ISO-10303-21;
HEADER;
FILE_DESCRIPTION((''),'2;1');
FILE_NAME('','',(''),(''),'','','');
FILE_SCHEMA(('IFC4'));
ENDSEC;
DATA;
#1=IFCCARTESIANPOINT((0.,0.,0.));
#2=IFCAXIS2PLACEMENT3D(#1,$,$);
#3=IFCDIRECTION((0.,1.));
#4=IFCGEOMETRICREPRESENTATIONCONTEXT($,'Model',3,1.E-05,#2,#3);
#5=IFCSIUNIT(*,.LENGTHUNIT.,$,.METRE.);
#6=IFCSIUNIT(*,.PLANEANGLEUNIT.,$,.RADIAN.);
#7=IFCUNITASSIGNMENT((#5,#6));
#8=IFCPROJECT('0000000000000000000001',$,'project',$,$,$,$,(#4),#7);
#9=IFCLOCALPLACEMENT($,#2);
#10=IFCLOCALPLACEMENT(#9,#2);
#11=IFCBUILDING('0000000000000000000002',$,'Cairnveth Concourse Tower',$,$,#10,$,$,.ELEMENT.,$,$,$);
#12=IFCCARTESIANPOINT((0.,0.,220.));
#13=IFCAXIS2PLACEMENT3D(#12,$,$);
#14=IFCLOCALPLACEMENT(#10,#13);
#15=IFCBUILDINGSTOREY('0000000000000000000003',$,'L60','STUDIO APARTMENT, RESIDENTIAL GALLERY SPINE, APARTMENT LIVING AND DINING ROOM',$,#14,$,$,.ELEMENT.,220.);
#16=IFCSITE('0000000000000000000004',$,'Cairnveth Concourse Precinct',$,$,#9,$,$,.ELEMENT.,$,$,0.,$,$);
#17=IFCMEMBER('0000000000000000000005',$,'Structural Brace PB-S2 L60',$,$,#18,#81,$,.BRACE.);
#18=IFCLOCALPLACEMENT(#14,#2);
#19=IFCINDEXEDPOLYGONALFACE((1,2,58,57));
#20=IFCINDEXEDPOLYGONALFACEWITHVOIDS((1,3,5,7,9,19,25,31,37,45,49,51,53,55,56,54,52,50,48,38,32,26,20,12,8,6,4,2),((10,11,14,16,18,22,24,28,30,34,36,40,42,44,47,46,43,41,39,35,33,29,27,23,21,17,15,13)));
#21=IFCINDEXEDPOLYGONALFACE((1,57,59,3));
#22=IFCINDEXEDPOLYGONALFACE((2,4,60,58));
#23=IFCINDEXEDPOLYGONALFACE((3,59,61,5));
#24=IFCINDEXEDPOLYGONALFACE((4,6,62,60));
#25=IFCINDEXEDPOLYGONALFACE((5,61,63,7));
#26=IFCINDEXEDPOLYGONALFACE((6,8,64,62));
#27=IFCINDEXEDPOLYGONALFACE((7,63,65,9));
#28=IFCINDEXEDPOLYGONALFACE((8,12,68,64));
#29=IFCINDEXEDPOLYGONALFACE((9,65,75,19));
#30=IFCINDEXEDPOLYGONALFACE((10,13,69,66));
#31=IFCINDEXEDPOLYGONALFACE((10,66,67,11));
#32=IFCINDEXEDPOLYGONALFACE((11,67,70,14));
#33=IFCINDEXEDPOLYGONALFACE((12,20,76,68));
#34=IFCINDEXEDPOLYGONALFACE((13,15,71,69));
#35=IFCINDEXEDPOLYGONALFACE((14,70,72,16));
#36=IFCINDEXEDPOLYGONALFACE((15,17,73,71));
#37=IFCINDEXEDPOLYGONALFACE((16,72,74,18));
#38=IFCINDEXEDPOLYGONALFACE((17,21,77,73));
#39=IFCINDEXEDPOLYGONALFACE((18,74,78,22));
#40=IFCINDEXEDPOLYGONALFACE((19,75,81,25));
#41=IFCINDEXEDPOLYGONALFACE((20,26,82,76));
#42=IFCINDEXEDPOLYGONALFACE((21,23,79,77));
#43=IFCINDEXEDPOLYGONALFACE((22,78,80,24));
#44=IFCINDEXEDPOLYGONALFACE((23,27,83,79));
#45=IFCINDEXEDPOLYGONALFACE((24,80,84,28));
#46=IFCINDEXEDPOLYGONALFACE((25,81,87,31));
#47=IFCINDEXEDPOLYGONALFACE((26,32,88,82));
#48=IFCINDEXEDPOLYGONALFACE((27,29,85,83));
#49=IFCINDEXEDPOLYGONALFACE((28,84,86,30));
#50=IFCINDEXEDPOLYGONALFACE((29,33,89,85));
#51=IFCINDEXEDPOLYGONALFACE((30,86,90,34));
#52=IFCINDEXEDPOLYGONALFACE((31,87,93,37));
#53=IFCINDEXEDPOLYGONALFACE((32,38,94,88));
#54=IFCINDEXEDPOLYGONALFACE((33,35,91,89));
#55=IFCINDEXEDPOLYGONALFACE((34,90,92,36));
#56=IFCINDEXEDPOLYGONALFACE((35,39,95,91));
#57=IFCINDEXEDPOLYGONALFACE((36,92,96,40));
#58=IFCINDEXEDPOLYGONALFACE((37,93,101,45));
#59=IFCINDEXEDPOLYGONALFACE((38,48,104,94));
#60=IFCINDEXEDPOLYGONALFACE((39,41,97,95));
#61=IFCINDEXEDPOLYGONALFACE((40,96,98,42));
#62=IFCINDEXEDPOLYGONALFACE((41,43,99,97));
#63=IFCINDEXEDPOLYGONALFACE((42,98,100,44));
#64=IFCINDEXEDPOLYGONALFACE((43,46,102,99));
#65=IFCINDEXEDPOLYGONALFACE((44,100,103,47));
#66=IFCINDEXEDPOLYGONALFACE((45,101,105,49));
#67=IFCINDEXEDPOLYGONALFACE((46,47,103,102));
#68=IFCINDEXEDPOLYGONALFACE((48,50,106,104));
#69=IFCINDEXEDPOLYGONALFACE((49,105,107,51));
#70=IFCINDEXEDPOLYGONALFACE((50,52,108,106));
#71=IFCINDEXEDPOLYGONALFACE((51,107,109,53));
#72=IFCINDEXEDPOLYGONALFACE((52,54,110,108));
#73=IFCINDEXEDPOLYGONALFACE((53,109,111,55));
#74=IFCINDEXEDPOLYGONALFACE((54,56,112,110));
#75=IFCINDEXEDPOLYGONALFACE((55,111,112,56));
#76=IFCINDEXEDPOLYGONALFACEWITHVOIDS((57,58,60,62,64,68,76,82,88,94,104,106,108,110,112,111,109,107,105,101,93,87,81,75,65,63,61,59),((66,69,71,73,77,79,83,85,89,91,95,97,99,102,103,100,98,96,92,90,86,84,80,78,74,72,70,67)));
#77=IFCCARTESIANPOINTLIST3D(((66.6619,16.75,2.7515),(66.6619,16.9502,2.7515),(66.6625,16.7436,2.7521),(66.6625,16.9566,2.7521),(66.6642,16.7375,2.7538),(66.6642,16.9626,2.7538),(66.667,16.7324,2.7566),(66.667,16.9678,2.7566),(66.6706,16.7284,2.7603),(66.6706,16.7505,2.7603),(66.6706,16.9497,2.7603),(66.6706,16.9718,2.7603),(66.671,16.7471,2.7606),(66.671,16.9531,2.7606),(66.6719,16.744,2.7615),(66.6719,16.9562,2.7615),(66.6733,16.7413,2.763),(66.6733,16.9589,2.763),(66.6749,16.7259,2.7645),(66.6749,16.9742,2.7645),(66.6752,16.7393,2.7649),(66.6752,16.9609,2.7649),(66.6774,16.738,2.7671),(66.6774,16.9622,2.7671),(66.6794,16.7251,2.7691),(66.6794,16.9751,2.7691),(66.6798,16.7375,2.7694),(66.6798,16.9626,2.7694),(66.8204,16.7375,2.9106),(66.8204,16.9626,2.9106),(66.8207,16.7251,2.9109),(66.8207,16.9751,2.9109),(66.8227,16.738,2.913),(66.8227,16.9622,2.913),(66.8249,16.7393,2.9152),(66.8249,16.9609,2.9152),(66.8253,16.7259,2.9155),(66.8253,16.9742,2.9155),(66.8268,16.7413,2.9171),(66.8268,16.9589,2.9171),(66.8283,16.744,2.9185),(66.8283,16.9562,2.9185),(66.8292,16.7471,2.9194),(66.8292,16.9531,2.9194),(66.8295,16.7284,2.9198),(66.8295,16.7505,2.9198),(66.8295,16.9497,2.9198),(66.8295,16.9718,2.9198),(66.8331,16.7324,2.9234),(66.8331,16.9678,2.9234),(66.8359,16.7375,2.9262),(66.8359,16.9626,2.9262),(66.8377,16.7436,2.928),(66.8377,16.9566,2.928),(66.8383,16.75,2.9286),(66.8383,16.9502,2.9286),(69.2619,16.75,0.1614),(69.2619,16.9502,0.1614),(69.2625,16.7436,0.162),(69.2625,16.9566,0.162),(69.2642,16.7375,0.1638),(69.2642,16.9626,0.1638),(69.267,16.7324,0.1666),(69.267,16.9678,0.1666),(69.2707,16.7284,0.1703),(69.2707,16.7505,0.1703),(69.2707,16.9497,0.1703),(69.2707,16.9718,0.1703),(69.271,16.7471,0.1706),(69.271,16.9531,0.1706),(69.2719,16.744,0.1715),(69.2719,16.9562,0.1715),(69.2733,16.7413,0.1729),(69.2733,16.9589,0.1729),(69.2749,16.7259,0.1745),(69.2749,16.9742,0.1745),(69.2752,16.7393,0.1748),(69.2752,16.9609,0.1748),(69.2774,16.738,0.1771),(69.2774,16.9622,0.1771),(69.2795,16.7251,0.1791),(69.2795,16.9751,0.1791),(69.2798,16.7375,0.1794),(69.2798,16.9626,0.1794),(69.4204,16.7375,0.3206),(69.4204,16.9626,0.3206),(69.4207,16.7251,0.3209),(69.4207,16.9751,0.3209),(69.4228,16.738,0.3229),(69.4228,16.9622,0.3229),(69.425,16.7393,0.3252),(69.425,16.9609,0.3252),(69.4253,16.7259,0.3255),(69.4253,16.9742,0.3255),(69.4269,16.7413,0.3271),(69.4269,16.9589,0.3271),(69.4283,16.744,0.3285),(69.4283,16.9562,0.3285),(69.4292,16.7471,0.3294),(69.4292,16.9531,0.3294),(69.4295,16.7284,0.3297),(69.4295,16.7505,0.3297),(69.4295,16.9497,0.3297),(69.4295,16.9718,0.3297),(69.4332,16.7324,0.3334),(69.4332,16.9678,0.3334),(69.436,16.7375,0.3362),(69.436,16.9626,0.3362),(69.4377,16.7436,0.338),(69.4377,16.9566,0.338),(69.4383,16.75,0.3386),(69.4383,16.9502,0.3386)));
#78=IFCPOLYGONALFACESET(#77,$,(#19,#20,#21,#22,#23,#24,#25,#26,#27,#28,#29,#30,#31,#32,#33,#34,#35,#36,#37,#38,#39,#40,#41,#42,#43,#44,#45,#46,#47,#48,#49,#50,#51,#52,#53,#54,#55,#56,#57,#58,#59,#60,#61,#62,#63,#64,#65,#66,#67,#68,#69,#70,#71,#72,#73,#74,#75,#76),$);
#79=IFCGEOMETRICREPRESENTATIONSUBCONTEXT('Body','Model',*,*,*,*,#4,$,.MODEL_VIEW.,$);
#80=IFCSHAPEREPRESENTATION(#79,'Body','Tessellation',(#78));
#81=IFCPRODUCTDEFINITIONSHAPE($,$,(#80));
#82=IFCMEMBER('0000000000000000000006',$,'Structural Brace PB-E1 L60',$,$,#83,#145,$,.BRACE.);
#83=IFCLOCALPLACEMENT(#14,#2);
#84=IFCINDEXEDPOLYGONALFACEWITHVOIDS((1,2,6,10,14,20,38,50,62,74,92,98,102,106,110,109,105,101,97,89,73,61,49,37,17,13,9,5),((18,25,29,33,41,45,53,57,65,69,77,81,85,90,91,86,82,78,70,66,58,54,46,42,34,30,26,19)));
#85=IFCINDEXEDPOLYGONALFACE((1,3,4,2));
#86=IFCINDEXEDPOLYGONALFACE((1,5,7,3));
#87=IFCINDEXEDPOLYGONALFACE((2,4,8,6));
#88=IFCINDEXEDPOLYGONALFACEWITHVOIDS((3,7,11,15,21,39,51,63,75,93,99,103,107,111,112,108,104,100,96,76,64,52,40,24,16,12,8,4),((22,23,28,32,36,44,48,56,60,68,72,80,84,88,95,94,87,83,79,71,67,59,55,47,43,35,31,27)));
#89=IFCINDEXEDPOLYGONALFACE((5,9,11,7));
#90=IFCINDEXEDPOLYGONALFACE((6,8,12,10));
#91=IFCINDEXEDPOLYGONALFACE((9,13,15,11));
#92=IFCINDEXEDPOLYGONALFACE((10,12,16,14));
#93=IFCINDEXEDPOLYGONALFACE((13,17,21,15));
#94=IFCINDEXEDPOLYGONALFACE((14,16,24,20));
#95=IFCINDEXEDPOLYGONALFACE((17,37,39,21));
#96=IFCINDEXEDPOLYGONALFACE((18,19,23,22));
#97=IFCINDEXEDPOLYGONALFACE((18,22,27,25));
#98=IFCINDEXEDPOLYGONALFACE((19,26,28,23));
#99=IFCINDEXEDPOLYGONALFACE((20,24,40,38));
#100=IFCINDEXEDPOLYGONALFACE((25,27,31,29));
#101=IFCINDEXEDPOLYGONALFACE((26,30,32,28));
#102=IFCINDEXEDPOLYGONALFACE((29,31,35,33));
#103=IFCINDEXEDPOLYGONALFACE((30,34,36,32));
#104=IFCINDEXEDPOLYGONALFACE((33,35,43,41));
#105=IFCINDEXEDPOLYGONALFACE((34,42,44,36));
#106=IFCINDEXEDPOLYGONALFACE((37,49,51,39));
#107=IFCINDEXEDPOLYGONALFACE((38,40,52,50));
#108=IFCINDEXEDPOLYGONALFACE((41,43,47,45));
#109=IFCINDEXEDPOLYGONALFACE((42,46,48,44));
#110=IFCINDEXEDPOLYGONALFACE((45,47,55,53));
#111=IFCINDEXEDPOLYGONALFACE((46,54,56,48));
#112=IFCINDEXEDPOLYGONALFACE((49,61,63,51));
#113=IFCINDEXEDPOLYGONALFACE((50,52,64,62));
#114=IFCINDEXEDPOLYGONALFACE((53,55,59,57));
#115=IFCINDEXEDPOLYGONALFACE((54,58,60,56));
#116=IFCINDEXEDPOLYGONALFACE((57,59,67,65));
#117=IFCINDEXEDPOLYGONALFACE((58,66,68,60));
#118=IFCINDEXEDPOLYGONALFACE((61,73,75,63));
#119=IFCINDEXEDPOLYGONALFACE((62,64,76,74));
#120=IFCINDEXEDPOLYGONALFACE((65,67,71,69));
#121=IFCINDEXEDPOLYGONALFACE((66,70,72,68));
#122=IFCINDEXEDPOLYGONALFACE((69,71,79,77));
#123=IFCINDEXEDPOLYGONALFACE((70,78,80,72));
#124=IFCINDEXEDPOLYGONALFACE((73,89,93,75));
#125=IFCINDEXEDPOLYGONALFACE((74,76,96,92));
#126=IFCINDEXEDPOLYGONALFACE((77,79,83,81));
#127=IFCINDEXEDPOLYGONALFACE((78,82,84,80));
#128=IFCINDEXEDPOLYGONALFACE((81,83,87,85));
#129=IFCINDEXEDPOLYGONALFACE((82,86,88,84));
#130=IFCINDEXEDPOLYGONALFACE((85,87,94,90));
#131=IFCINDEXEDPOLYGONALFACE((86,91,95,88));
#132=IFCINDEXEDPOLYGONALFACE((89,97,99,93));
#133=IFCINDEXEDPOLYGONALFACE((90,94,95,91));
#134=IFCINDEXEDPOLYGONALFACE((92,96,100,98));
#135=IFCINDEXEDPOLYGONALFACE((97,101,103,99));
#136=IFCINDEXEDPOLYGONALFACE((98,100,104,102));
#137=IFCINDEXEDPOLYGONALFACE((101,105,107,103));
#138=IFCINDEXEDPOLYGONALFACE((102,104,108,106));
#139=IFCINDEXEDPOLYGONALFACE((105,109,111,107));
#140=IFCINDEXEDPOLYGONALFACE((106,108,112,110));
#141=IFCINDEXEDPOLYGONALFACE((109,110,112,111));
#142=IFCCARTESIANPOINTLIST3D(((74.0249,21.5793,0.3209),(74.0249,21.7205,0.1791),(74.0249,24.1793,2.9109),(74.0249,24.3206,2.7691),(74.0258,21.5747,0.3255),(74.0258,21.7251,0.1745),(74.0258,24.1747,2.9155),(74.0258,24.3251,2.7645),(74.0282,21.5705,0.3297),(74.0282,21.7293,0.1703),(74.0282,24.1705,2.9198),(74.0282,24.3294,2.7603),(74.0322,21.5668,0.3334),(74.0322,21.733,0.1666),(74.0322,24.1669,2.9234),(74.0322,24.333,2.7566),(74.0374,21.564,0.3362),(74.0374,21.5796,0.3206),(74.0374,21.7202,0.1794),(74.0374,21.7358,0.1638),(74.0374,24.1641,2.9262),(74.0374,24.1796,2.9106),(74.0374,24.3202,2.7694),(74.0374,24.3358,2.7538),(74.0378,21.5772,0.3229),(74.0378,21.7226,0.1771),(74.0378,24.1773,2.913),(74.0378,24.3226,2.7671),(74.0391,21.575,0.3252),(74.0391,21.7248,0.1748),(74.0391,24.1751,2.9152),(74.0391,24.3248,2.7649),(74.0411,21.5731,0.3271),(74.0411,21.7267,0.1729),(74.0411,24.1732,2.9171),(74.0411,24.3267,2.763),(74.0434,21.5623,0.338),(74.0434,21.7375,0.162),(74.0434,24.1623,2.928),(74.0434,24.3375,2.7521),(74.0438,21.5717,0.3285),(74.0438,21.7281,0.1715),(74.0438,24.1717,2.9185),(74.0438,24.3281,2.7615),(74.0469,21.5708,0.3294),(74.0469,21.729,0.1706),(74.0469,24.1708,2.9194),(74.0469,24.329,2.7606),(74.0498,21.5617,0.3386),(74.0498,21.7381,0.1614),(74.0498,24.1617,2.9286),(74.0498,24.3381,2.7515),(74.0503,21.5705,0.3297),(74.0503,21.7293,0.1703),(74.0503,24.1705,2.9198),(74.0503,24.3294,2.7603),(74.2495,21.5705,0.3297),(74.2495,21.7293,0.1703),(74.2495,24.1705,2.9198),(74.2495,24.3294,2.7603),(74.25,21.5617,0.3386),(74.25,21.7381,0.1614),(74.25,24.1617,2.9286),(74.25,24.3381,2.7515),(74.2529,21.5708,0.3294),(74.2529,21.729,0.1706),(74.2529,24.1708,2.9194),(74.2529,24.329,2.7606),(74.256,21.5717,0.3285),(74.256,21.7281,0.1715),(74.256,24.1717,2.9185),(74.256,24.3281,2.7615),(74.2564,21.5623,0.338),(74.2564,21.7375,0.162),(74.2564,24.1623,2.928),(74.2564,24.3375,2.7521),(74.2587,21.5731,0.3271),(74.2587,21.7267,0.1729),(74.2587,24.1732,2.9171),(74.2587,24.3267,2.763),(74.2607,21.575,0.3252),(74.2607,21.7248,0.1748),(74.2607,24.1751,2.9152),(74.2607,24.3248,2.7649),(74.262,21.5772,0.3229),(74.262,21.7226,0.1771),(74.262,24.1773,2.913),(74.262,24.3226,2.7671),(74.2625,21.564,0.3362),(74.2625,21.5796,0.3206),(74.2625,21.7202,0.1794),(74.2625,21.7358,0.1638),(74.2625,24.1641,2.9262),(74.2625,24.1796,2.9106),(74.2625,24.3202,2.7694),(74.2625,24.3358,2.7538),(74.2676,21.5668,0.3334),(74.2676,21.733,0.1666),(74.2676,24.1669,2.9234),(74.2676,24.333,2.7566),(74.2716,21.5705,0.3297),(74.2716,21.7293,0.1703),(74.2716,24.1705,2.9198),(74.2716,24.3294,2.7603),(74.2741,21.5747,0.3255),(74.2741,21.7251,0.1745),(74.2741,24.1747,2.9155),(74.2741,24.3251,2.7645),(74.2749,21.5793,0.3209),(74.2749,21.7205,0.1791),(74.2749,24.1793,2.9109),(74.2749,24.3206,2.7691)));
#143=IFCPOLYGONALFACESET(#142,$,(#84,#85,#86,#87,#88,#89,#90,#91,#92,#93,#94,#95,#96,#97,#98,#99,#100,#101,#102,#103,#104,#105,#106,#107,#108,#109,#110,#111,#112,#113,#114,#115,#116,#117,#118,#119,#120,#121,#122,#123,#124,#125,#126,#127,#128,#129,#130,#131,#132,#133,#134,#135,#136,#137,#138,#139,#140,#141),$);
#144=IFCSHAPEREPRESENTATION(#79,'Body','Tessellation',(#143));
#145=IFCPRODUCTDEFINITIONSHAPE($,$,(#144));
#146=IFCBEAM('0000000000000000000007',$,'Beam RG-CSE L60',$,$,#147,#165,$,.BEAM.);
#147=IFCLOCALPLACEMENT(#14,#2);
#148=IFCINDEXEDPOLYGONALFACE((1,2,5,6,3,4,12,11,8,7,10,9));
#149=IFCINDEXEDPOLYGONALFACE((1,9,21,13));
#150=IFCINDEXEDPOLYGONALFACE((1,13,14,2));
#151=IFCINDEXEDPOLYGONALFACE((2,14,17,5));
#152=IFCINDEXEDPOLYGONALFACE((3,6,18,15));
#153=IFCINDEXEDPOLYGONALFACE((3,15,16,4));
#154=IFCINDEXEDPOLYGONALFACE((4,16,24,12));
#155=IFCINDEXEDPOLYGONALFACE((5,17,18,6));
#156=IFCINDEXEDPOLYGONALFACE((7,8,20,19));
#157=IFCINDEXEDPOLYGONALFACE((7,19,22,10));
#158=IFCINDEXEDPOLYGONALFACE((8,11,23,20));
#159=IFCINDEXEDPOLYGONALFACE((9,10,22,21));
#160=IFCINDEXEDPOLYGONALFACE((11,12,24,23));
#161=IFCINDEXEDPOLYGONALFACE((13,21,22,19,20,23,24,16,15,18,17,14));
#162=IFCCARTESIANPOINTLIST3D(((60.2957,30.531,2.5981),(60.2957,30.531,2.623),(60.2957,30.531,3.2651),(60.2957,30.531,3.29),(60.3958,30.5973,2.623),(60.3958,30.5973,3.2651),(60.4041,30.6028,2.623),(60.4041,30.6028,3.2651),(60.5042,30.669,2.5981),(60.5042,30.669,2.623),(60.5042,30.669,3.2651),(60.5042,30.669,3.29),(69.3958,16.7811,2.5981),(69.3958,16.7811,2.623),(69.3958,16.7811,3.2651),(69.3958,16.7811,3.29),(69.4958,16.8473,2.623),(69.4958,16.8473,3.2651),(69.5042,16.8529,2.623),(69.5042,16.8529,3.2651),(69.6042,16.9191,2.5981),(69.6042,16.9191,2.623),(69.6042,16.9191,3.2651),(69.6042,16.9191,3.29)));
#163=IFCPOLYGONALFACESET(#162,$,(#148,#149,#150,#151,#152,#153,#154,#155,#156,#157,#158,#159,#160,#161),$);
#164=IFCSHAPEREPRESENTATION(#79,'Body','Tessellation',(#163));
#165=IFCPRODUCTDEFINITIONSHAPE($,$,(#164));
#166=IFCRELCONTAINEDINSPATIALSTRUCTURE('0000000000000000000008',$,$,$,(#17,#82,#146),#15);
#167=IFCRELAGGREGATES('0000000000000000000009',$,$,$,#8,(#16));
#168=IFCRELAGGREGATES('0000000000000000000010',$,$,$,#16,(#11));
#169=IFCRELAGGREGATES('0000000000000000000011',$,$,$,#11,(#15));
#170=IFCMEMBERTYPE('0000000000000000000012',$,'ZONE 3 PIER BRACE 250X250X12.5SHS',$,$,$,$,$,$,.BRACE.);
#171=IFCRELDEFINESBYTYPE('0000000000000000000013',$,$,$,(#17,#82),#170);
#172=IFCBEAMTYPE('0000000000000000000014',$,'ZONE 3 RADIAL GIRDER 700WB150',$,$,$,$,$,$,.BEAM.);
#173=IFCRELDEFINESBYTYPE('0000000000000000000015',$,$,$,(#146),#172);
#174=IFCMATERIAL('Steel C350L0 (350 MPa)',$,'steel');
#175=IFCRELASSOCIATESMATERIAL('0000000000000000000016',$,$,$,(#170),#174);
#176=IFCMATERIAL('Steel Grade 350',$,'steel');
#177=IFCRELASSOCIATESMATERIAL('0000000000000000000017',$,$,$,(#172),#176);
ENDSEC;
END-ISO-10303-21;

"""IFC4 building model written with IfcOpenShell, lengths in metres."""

from ifc_helpers import new_model, si_unit, direction, frame, origin, origin_2d, place, context, subcontext, project, spatial, hollow_rectangle, i_section, extrude, material, material_profile, profile_set, type_object, element, save


model = new_model("IFC4")

# Units and contexts
model_context = context("Model", 3, precision=1e-05, world=origin(), true_north=direction((0.0, 1.0)))
body_context = subcontext(model_context, "Body", "Model", "MODEL_VIEW")
ifc_project = project(units=[si_unit("LENGTHUNIT", "METRE"), si_unit("PLANEANGLEUNIT", "RADIAN")], contexts=[model_context])

# Site, building, storey
site_placement = place(None, origin())
site = spatial("IfcSite", under=ifc_project, at=site_placement, Name="Cairnveth Concourse Precinct", CompositionType="ELEMENT", RefElevation=0.0)
building_placement = place(site_placement, origin())
building = spatial("IfcBuilding", under=site, at=building_placement, Name="Cairnveth Concourse Tower", CompositionType="ELEMENT")
storey_placement = place(building_placement, frame((0.0, 0.0, 220.0)))
storey = spatial("IfcBuildingStorey", under=building, at=storey_placement, Name="L60", Description="STUDIO APARTMENT, RESIDENTIAL GALLERY SPINE, APARTMENT LIVING AND DINING ROOM", CompositionType="ELEMENT", Elevation=220.0)

# Shared definitions
ifc_material_1 = material(Name="Steel Grade 350", Category="steel")

# Members
ifc_material_2 = material(Name="Steel C350L0 (350 MPa)", Category="steel")
ifc_material_profile_1 = material_profile(ifc_material_2, hollow_rectangle(XDim=0.25, YDim=0.25, WallThickness=0.0125, InnerFilletRadius=0.0129, OuterFilletRadius=0.0249, at=origin_2d()), Name="250x250x12.5SHS")
ifc_profile_set_1 = profile_set([ifc_material_profile_1], Name="Steel C350L0 (350 MPa)")
member_type = type_object("IfcMemberType", Name="ZONE 3 PIER BRACE 250X250X12.5SHS", PredefinedType="BRACE", material=ifc_profile_set_1)
for number, where, z_axis, x_axis, name in (
    (1, (69.3501, 16.8501, 0.25), (-0.708469, 0.0, 0.705742), (0.0, -1.0, 0.0), "Structural Brace PB-S2 L60"),
    (2, (74.1499, 21.6499, 0.25), (0.0, 0.708469, 0.705742), (-1.0, 0.0, 0.0), "Structural Brace PB-E1 L60"),
):
    element("IfcMember", number, at=place(storey_placement, frame(where, z_axis=z_axis, x_axis=x_axis)), inside=storey, type_object=member_type, Name=name, PredefinedType="BRACE", context=body_context, shape_type="SweptSolid", body=[
        extrude(hollow_rectangle(XDim=0.25, YDim=0.25, WallThickness=0.0125, InnerFilletRadius=0.0129, OuterFilletRadius=0.0249, at=origin_2d()), origin(), (0.0, 0.0, 1.0), 3.6699),
    ])

# Beam
ifc_material_profile_2 = material_profile(ifc_material_1, i_section(OverallWidth=0.25, OverallDepth=0.6919, WebThickness=0.01, FlangeThickness=0.0249, at=origin_2d()), Name="700WB150")
ifc_profile_set_2 = profile_set([ifc_material_profile_2], Name="Steel Grade 350")
beam_type_1 = type_object("IfcBeamType", Name="ZONE 3 RADIAL GIRDER 700WB150", PredefinedType="BEAM", material=ifc_profile_set_2)
beam_1_placement = place(storey_placement, frame((69.5, 16.8501, 2.9441), z_axis=(-0.551902, 0.833909, 0.0), x_axis=(-0.833909, -0.551902, 0.0)))
element("IfcBeam", 3, at=beam_1_placement, inside=storey, type_object=beam_type_1, Name="Beam RG-CSE L60", PredefinedType="BEAM", context=body_context, shape_type="SweptSolid", body=[
    extrude(i_section(OverallWidth=0.25, OverallDepth=0.6919, WebThickness=0.01, FlangeThickness=0.0249, at=origin_2d()), origin(), (0.0, 0.0, 1.0), 16.4885),
])

save(model, "model.ifc")
